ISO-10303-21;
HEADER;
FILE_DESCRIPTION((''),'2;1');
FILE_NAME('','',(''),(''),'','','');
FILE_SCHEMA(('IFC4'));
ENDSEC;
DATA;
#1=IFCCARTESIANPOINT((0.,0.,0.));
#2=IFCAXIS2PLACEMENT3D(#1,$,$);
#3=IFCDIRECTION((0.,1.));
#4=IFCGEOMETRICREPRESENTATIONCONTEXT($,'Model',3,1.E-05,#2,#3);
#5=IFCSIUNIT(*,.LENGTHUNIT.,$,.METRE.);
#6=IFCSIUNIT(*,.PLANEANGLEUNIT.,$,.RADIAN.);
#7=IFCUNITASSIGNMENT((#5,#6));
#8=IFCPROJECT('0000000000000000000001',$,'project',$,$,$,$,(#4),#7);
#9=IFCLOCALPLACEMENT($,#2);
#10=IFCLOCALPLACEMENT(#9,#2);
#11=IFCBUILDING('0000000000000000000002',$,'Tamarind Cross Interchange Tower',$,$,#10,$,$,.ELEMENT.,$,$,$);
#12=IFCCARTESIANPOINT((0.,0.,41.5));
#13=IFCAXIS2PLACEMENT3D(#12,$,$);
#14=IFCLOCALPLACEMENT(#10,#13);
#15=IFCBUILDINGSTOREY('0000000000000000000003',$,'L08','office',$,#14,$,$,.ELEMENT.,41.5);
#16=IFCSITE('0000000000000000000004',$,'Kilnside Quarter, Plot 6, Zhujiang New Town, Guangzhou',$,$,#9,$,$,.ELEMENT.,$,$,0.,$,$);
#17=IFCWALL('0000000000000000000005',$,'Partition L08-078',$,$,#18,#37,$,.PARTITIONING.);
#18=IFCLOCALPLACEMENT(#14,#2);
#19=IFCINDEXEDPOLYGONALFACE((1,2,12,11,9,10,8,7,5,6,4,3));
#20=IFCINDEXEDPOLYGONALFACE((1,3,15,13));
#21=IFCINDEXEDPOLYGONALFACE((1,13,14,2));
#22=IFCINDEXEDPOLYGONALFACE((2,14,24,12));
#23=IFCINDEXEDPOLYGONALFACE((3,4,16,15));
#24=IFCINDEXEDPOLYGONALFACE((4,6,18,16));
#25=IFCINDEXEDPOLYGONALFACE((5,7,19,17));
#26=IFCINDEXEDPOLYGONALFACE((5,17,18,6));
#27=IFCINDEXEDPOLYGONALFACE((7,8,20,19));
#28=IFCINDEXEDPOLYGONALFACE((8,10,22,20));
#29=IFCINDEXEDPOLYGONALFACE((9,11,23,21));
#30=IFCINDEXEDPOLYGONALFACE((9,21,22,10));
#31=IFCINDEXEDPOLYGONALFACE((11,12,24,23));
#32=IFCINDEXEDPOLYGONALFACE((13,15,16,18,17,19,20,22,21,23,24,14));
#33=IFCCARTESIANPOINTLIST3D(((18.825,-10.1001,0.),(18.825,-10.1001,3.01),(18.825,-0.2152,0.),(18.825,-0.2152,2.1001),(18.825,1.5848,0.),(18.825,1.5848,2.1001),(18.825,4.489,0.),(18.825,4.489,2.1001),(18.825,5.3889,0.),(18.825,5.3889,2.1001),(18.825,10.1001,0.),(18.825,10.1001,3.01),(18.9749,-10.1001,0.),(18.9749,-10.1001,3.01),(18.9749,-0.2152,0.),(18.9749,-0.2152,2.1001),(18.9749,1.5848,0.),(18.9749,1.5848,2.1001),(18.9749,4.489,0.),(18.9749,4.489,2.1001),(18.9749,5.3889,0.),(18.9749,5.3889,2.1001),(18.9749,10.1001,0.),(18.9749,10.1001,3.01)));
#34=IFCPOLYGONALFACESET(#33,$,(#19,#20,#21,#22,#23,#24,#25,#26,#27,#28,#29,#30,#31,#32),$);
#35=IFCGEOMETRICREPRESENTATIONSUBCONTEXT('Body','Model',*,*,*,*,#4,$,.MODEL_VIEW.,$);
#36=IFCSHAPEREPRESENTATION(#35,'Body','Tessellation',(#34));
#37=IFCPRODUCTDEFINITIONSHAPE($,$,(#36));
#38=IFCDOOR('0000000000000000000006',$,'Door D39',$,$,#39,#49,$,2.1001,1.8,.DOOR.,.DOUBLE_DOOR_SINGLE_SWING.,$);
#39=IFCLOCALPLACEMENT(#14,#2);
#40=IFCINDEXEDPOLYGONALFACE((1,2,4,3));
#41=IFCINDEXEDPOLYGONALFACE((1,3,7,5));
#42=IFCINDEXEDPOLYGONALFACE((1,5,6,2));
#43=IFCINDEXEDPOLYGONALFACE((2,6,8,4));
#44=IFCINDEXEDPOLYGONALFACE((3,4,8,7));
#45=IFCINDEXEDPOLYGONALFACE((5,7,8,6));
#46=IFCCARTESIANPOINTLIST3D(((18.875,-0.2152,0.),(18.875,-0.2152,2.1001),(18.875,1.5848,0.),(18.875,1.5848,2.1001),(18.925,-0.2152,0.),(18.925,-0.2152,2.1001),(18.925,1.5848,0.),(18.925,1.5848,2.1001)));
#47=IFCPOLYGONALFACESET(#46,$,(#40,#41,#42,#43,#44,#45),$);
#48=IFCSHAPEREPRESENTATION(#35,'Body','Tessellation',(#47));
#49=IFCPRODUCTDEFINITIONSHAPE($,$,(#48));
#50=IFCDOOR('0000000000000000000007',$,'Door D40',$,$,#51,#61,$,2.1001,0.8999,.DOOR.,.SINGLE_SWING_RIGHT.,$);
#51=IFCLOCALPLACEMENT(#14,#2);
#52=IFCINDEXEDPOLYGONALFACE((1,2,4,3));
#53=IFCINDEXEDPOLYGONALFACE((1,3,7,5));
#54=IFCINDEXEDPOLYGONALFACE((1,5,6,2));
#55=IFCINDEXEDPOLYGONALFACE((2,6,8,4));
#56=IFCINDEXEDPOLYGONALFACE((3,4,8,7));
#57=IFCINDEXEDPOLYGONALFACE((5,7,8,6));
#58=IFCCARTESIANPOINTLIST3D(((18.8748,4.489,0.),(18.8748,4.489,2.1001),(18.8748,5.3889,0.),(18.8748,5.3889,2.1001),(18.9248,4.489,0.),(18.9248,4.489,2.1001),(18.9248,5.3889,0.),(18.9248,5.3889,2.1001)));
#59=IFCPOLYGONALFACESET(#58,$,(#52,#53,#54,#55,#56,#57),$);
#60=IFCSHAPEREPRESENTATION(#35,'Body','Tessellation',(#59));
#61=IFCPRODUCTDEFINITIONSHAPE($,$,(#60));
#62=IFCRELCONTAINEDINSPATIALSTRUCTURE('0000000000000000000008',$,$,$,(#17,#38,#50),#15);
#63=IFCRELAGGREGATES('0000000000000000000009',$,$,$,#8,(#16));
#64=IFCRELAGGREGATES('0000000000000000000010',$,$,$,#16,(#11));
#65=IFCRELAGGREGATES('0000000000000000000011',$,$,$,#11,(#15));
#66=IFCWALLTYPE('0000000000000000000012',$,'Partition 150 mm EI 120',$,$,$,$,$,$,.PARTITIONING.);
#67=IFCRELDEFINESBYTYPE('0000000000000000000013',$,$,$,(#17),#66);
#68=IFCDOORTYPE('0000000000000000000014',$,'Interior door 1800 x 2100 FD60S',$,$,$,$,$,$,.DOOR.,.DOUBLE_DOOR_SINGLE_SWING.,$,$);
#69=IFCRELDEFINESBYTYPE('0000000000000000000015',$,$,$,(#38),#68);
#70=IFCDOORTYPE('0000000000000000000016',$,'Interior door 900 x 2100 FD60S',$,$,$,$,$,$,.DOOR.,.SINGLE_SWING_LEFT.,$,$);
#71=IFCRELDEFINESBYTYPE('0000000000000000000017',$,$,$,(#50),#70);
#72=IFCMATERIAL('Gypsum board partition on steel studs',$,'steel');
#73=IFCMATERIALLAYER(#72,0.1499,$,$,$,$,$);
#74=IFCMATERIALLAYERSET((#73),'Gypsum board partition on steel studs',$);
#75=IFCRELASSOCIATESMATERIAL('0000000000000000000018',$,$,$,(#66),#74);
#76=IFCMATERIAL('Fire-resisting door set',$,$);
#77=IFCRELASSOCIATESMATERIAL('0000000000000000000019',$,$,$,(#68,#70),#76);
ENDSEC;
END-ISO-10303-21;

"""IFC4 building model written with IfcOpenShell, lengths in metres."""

from ifc_helpers import new_model, si_unit, direction, frame, frame_2d, origin, place, context, subcontext, project, spatial, rectangle, extrude, material, layer, layer_set, type_object, element, fill, save


model = new_model("IFC4")

# Units and contexts
model_context = context("Model", 3, precision=1e-05, world=origin(), true_north=direction((0.0, 1.0)))
body_context = subcontext(model_context, "Body", "Model", "MODEL_VIEW")
ifc_project = project(units=[si_unit("LENGTHUNIT", "METRE"), si_unit("PLANEANGLEUNIT", "RADIAN")], contexts=[model_context])

# Site, building, storey
site_placement = place(None, origin())
site = spatial("IfcSite", under=ifc_project, at=site_placement, Name="Kilnside Quarter, Plot 6, Zhujiang New Town, Guangzhou", CompositionType="ELEMENT", RefElevation=0.0)
building_placement = place(site_placement, origin())
building = spatial("IfcBuilding", under=site, at=building_placement, Name="Tamarind Cross Interchange Tower", CompositionType="ELEMENT")
storey_placement = place(building_placement, frame((0.0, 0.0, 41.5)))
storey = spatial("IfcBuildingStorey", under=building, at=storey_placement, Name="L08", Description="office", CompositionType="ELEMENT", Elevation=41.5)

# Shared definitions
ifc_material_1 = material(Name="Gypsum board partition on steel studs", Category="steel")
ifc_layer_1 = layer(ifc_material_1, 0.1499)
ifc_layer_set_1 = layer_set([ifc_layer_1], Name="Gypsum board partition on steel studs")
wall_type_1 = type_object("IfcWallType", Name="Partition 150 mm EI 120", PredefinedType="PARTITIONING", material=ifc_layer_set_1)

# Wall, openings, doors
wall_1_placement = place(storey_placement, frame((18.8999, -10.1001, 0.0), z_axis=(0.0, 0.0, 1.0), x_axis=(0.0, 1.0, 0.0)))
wall_1 = element("IfcWall", 1, at=wall_1_placement, inside=storey, type_object=wall_type_1, Name="Partition L08-078", PredefinedType="PARTITIONING", context=body_context, shape_type="SweptSolid", body=[
    extrude(rectangle(XDim=20.2002, YDim=0.1499, at=frame_2d((10.1001, 0.0))), origin(), (0.0, 0.0, 1.0), 3.01),
])
opening_1_placement = place(wall_1_placement, frame((9.885, 0.0, 0.0)))
opening_1 = element("IfcOpeningElement", 2, at=opening_1_placement, cuts=wall_1, PredefinedType="OPENING", context=body_context, shape_type="SweptSolid", body=[
    extrude(rectangle(XDim=1.8, YDim=2.1001, at=frame_2d((0.8999, 1.05))), frame((0.0, 0.085, 0.0), z_axis=(0.0, -1.0, 0.0), x_axis=(1.0, 0.0, 0.0)), (0.0, 0.0, 1.0), 0.1699),
])
opening_2_placement = place(wall_1_placement, frame((14.5891, 0.0, 0.0)))
opening_2 = element("IfcOpeningElement", 3, at=opening_2_placement, cuts=wall_1, PredefinedType="OPENING", context=body_context, shape_type="SweptSolid", body=[
    extrude(rectangle(XDim=0.8999, YDim=2.1001, at=frame_2d((0.45, 1.05))), frame((0.0, 0.085, 0.0), z_axis=(0.0, -1.0, 0.0), x_axis=(1.0, 0.0, 0.0)), (0.0, 0.0, 1.0), 0.1699),
])
ifc_material_2 = material(Name="Fire-resisting door set")
door_type_1 = type_object("IfcDoorType", Name="Interior door 1800 x 2100 FD60S", OperationType="DOUBLE_DOOR_SINGLE_SWING", PredefinedType="DOOR", material=ifc_material_2)
door_1_placement = place(opening_1_placement, origin())
door_1 = element("IfcDoor", 4, at=door_1_placement, inside=storey, type_object=door_type_1, Name="Door D39", OperationType="DOUBLE_DOOR_SINGLE_SWING", OverallHeight=2.1001, OverallWidth=1.8, PredefinedType="DOOR", context=body_context, shape_type="SweptSolid", body=[
    extrude(rectangle(XDim=1.8, YDim=2.1001, at=frame_2d((0.8999, 1.05))), frame((0.0, 0.0249, 0.0), z_axis=(0.0, -1.0, 0.0), x_axis=(1.0, 0.0, 0.0)), (0.0, 0.0, 1.0), 0.05),
])
fill(opening_1, door_1)
door_type_2 = type_object("IfcDoorType", Name="Interior door 900 x 2100 FD60S", OperationType="SINGLE_SWING_LEFT", PredefinedType="DOOR", material=ifc_material_2)
door_2_placement = place(opening_2_placement, frame((0.8999, 0.0, 0.0), z_axis=(0.0, 0.0, 1.0), x_axis=(-1.0, 0.0, 0.0)))
door_2 = element("IfcDoor", 5, at=door_2_placement, inside=storey, type_object=door_type_2, Name="Door D40", OperationType="SINGLE_SWING_RIGHT", OverallHeight=2.1001, OverallWidth=0.8999, PredefinedType="DOOR", context=body_context, shape_type="SweptSolid", body=[
    extrude(rectangle(XDim=0.8999, YDim=2.1001, at=frame_2d((0.45, 1.05))), frame((0.0, 0.0249, 0.0), z_axis=(0.0, -1.0, 0.0), x_axis=(1.0, 0.0, 0.0)), (0.0, 0.0, 1.0), 0.05),
])
fill(opening_2, door_2)

save(model, "model.ifc")
